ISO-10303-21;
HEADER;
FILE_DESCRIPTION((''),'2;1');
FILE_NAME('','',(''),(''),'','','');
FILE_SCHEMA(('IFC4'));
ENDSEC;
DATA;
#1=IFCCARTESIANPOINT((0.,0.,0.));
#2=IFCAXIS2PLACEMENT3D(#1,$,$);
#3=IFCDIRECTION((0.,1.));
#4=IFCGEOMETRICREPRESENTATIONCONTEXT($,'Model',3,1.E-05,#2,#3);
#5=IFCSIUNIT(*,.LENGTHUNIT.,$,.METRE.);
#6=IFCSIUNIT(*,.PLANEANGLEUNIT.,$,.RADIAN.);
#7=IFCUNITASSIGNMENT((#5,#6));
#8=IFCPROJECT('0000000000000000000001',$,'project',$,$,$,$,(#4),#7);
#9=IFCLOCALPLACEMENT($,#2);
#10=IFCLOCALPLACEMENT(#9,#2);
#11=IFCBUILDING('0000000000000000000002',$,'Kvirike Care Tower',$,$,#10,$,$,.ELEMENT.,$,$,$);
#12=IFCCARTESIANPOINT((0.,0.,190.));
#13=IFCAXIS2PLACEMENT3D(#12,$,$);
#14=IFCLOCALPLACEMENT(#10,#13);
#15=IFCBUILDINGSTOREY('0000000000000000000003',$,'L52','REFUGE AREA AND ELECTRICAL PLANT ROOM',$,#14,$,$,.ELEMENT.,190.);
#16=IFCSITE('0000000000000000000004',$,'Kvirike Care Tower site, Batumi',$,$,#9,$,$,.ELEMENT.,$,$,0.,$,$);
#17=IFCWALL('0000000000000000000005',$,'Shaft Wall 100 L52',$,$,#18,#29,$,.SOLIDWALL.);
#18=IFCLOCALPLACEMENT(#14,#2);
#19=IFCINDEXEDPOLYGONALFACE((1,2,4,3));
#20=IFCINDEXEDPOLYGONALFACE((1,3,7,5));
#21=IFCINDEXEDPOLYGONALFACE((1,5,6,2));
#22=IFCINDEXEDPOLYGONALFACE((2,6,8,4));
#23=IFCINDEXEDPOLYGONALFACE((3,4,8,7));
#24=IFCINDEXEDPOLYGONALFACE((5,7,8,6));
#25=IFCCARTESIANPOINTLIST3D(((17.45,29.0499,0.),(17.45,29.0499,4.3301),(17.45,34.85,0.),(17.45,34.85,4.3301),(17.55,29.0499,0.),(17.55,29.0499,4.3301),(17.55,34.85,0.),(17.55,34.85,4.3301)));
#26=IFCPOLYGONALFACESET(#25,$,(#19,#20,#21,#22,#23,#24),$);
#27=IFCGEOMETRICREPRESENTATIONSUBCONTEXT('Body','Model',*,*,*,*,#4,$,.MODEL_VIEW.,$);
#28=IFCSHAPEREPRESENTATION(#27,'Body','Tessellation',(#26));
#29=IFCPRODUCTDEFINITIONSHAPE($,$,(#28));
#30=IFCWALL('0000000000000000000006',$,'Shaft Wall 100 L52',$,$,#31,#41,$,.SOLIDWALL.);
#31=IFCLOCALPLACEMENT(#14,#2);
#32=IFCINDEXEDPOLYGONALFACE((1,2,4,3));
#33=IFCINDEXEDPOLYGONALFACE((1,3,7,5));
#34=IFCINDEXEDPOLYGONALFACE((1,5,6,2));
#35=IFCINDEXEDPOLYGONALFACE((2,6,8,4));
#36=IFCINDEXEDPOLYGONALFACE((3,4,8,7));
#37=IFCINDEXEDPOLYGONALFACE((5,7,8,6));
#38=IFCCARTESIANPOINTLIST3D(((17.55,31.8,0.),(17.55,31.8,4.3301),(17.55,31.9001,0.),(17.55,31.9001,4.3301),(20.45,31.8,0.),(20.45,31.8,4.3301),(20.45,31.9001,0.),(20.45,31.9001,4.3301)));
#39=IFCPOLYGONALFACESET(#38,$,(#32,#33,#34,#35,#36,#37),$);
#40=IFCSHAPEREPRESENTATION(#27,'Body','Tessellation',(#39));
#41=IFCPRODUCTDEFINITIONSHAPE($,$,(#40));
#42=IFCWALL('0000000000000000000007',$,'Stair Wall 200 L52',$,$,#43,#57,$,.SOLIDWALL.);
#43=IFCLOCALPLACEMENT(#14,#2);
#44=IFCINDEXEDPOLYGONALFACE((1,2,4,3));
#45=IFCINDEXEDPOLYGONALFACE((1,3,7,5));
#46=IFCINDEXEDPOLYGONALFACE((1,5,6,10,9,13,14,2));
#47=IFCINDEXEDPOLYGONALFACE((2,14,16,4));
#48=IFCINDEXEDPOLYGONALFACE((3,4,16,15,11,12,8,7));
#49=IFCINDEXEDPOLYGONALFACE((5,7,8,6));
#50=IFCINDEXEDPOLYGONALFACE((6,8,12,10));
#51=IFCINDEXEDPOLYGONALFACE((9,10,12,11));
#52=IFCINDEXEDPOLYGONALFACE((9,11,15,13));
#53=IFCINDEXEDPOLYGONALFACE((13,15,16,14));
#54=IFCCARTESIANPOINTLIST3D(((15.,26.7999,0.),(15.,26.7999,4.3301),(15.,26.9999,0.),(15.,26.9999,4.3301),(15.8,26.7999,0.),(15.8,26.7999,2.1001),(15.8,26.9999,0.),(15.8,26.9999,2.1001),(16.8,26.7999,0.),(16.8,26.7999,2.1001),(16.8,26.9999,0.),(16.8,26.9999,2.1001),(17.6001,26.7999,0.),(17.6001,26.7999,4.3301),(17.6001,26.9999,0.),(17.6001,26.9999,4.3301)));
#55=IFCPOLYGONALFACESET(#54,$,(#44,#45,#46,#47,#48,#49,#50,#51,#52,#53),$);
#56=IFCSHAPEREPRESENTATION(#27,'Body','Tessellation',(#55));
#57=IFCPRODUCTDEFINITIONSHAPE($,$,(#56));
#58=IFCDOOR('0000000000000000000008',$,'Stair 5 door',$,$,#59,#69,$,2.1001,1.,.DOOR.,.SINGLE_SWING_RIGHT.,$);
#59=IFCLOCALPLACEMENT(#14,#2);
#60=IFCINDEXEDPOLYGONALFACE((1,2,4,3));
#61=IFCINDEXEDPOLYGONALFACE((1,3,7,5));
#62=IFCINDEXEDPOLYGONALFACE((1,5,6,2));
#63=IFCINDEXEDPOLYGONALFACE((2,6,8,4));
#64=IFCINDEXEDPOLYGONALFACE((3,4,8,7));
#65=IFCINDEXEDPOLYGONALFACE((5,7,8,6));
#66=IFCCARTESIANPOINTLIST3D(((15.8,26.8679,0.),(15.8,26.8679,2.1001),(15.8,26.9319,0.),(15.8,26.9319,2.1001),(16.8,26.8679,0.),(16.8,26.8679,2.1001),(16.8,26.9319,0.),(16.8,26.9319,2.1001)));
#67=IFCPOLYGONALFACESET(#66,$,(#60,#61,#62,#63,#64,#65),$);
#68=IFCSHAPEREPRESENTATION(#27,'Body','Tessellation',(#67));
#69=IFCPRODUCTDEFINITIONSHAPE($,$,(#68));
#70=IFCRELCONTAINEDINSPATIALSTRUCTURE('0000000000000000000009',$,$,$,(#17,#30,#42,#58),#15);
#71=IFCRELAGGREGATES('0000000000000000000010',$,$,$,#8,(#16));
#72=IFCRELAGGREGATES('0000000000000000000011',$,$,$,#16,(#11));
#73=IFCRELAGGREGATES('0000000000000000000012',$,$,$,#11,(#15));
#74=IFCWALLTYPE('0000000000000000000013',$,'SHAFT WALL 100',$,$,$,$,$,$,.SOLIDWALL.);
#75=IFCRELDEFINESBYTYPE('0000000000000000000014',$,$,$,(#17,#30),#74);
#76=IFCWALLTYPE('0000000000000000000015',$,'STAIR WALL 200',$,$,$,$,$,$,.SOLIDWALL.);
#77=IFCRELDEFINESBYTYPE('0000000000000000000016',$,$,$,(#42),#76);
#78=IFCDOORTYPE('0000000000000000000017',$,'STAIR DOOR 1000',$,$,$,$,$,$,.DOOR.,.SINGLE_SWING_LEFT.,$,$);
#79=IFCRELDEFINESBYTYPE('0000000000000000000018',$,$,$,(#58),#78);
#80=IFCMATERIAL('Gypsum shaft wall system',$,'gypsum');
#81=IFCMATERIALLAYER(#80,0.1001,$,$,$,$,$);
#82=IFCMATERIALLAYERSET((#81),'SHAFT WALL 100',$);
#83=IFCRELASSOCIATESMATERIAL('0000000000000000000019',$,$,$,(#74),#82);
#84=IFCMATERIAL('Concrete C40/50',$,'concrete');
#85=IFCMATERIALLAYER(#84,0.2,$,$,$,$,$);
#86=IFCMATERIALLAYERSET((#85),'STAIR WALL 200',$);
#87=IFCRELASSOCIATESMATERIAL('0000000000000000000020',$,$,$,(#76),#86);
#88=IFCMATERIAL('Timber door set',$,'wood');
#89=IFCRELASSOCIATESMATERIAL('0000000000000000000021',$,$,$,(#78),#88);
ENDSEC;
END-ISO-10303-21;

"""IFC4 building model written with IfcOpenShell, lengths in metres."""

from ifc_helpers import new_model, si_unit, direction, frame, frame_2d, origin, place, context, subcontext, project, spatial, rectangle, extrude, material, layer, layer_set, type_object, element, fill, save


model = new_model("IFC4")

# Units and contexts
model_context = context("Model", 3, precision=1e-05, world=origin(), true_north=direction((0.0, 1.0)))
body_context = subcontext(model_context, "Body", "Model", "MODEL_VIEW")
ifc_project = project(units=[si_unit("LENGTHUNIT", "METRE"), si_unit("PLANEANGLEUNIT", "RADIAN")], contexts=[model_context])

# Site, building, storey
site_placement = place(None, origin())
site = spatial("IfcSite", under=ifc_project, at=site_placement, Name="Kvirike Care Tower site, Batumi", CompositionType="ELEMENT", RefElevation=0.0)
building_placement = place(site_placement, origin())
building = spatial("IfcBuilding", under=site, at=building_placement, Name="Kvirike Care Tower", CompositionType="ELEMENT")
storey_placement = place(building_placement, frame((0.0, 0.0, 190.0)))
storey = spatial("IfcBuildingStorey", under=building, at=storey_placement, Name="L52", Description="REFUGE AREA AND ELECTRICAL PLANT ROOM", CompositionType="ELEMENT", Elevation=190.0)

# Shared definitions
ifc_material_1 = material(Name="Gypsum shaft wall system", Category="gypsum")
ifc_layer_1 = layer(ifc_material_1, 0.1001)
ifc_layer_set_1 = layer_set([ifc_layer_1], Name="SHAFT WALL 100")
wall_type_1 = type_object("IfcWallType", Name="SHAFT WALL 100", PredefinedType="SOLIDWALL", material=ifc_layer_set_1)

# Walls
wall_1_placement = place(storey_placement, frame((17.5, 29.05, 0.0), z_axis=(0.0, 0.0, 1.0), x_axis=(0.0, 1.0, 0.0)))
element("IfcWall", 1, at=wall_1_placement, inside=storey, type_object=wall_type_1, Name="Shaft Wall 100 L52", PredefinedType="SOLIDWALL", context=body_context, shape_type="SweptSolid", body=[
    extrude(rectangle(XDim=5.8, YDim=0.1001, at=frame_2d((2.8999, 0.0))), origin(), (0.0, 0.0, 1.0), 4.3301),
])
wall_2_placement = place(storey_placement, frame((17.55, 31.8501, 0.0), z_axis=(0.0, 0.0, 1.0), x_axis=(1.0, 0.0, 0.0)))
element("IfcWall", 2, at=wall_2_placement, inside=storey, type_object=wall_type_1, Name="Shaft Wall 100 L52", PredefinedType="SOLIDWALL", context=body_context, shape_type="SweptSolid", body=[
    extrude(rectangle(XDim=2.8999, YDim=0.1001, at=frame_2d((1.45, 0.0))), origin(), (0.0, 0.0, 1.0), 4.3301),
])

# Wall, opening, door
ifc_material_2 = material(Name="Concrete C40/50", Category="concrete")
ifc_layer_2 = layer(ifc_material_2, 0.2)
ifc_layer_set_2 = layer_set([ifc_layer_2], Name="STAIR WALL 200")
wall_type_2 = type_object("IfcWallType", Name="STAIR WALL 200", PredefinedType="SOLIDWALL", material=ifc_layer_set_2)
wall_3_placement = place(storey_placement, frame((15.0, 26.8999, 0.0), z_axis=(0.0, 0.0, 1.0), x_axis=(1.0, 0.0, 0.0)))
wall_3 = element("IfcWall", 3, at=wall_3_placement, inside=storey, type_object=wall_type_2, Name="Stair Wall 200 L52", PredefinedType="SOLIDWALL", context=body_context, shape_type="SweptSolid", body=[
    extrude(rectangle(XDim=2.6001, YDim=0.2, at=frame_2d((1.3, 0.0))), origin(), (0.0, 0.0, 1.0), 4.3301),
])
opening_1_placement = place(wall_3_placement, frame((0.8, 0.0, 0.0)))
opening_1 = element("IfcOpeningElement", 4, at=opening_1_placement, cuts=wall_3, PredefinedType="OPENING", context=body_context, shape_type="SweptSolid", body=[
    extrude(rectangle(XDim=1.0, YDim=2.1001, at=frame_2d((0.5, 1.05))), frame((0.0, 0.1106, 0.0), z_axis=(0.0, -1.0, 0.0), x_axis=(1.0, 0.0, 0.0)), (0.0, 0.0, 1.0), 0.2209),
])
ifc_material_3 = material(Name="Timber door set", Category="wood")
door_type_1 = type_object("IfcDoorType", Name="STAIR DOOR 1000", OperationType="SINGLE_SWING_LEFT", PredefinedType="DOOR", material=ifc_material_3)
door_1_placement = place(opening_1_placement, frame((1.0, 0.0, 0.0), z_axis=(0.0, 0.0, 1.0), x_axis=(-1.0, 0.0, 0.0)))
door_1 = element("IfcDoor", 5, at=door_1_placement, inside=storey, type_object=door_type_1, Name="Stair 5 door", OperationType="SINGLE_SWING_RIGHT", OverallHeight=2.1001, OverallWidth=1.0, PredefinedType="DOOR", context=body_context, shape_type="SweptSolid", body=[
    extrude(rectangle(XDim=1.0, YDim=2.1001, at=frame_2d((0.5, 1.05))), frame((0.0, 0.032, 0.0), z_axis=(0.0, -1.0, 0.0), x_axis=(1.0, 0.0, 0.0)), (0.0, 0.0, 1.0), 0.064),
])
fill(opening_1, door_1)

save(model, "model.ifc")
